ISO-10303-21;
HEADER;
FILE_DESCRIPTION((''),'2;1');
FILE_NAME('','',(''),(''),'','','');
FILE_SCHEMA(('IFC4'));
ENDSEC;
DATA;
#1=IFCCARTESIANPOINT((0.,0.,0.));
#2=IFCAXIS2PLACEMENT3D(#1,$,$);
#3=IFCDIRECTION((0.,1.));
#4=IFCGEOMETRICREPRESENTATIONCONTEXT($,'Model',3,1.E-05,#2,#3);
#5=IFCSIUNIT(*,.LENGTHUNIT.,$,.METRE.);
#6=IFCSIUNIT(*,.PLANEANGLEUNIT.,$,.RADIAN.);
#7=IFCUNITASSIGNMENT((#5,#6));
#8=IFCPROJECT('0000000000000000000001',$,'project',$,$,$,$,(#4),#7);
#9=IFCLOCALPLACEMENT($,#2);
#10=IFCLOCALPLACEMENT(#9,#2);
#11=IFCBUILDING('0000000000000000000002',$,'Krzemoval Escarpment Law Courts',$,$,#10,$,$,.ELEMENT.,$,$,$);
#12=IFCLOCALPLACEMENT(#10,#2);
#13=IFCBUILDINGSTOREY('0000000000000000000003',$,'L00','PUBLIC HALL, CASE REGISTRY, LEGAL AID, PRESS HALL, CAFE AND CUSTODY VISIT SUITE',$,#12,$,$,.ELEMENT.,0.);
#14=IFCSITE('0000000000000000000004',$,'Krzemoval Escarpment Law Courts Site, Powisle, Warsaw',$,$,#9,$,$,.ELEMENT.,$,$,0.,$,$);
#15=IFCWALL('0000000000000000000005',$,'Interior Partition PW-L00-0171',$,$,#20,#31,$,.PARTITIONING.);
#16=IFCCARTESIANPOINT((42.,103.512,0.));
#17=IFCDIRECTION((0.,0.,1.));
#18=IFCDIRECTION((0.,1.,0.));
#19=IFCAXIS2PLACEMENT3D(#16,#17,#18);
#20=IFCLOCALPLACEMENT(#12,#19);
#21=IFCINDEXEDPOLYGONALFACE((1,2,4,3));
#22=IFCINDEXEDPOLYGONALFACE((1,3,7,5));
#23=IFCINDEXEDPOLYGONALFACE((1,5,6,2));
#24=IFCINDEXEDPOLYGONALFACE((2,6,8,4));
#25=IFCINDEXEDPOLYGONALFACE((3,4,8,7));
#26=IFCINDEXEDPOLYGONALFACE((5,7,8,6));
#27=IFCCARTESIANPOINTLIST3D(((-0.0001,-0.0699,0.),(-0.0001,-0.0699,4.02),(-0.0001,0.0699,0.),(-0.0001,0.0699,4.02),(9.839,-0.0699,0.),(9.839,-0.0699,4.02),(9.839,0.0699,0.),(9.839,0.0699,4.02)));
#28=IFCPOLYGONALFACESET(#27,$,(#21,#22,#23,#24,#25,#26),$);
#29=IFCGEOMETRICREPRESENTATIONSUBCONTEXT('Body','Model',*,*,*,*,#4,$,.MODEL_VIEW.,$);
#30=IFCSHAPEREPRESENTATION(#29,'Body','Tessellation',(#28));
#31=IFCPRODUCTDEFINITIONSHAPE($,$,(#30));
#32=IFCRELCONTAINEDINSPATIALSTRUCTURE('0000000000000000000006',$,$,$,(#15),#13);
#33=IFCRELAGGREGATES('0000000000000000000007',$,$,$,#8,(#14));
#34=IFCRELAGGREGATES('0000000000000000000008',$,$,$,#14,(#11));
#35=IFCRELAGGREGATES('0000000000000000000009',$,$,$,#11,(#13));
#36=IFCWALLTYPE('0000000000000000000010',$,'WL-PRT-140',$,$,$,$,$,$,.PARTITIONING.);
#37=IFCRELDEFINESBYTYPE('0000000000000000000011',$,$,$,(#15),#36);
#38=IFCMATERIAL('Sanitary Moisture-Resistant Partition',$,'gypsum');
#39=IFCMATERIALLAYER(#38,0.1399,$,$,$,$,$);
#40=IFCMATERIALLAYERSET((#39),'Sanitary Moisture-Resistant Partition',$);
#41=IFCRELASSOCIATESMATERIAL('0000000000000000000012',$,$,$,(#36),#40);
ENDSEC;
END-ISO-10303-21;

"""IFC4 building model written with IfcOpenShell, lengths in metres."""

from ifc_helpers import new_model, si_unit, direction, frame, frame_2d, origin, place, context, subcontext, project, spatial, rectangle, extrude, material, layer, layer_set, type_object, element, save


model = new_model("IFC4")

# Units and contexts
model_context = context("Model", 3, precision=1e-05, world=origin(), true_north=direction((0.0, 1.0)))
body_context = subcontext(model_context, "Body", "Model", "MODEL_VIEW")
ifc_project = project(units=[si_unit("LENGTHUNIT", "METRE"), si_unit("PLANEANGLEUNIT", "RADIAN")], contexts=[model_context])

# Site, building, storey
site_placement = place(None, origin())
site = spatial("IfcSite", under=ifc_project, at=site_placement, Name="Krzemoval Escarpment Law Courts Site, Powisle, Warsaw", CompositionType="ELEMENT", RefElevation=0.0)
building_placement = place(site_placement, origin())
building = spatial("IfcBuilding", under=site, at=building_placement, Name="Krzemoval Escarpment Law Courts", CompositionType="ELEMENT")
storey_placement = place(building_placement, origin())
storey = spatial("IfcBuildingStorey", under=building, at=storey_placement, Name="L00", Description="PUBLIC HALL, CASE REGISTRY, LEGAL AID, PRESS HALL, CAFE AND CUSTODY VISIT SUITE", CompositionType="ELEMENT", Elevation=0.0)

# Wall
ifc_material_1 = material(Name="Sanitary Moisture-Resistant Partition", Category="gypsum")
ifc_layer_1 = layer(ifc_material_1, 0.1399)
ifc_layer_set_1 = layer_set([ifc_layer_1], Name="Sanitary Moisture-Resistant Partition")
wall_type_1 = type_object("IfcWallType", Name="WL-PRT-140", PredefinedType="PARTITIONING", material=ifc_layer_set_1)
wall_1_placement = place(storey_placement, frame((42.0, 103.512, 0.0), z_axis=(0.0, 0.0, 1.0), x_axis=(0.0, 1.0, 0.0)))
element("IfcWall", 1, at=wall_1_placement, inside=storey, type_object=wall_type_1, Name="Interior Partition PW-L00-0171", PredefinedType="PARTITIONING", context=body_context, shape_type="SweptSolid", body=[
    extrude(rectangle(XDim=9.8391, YDim=0.1399, at=frame_2d((4.9194, 0.0))), origin(), (0.0, 0.0, 1.0), 4.02),
])

save(model, "model.ifc")
